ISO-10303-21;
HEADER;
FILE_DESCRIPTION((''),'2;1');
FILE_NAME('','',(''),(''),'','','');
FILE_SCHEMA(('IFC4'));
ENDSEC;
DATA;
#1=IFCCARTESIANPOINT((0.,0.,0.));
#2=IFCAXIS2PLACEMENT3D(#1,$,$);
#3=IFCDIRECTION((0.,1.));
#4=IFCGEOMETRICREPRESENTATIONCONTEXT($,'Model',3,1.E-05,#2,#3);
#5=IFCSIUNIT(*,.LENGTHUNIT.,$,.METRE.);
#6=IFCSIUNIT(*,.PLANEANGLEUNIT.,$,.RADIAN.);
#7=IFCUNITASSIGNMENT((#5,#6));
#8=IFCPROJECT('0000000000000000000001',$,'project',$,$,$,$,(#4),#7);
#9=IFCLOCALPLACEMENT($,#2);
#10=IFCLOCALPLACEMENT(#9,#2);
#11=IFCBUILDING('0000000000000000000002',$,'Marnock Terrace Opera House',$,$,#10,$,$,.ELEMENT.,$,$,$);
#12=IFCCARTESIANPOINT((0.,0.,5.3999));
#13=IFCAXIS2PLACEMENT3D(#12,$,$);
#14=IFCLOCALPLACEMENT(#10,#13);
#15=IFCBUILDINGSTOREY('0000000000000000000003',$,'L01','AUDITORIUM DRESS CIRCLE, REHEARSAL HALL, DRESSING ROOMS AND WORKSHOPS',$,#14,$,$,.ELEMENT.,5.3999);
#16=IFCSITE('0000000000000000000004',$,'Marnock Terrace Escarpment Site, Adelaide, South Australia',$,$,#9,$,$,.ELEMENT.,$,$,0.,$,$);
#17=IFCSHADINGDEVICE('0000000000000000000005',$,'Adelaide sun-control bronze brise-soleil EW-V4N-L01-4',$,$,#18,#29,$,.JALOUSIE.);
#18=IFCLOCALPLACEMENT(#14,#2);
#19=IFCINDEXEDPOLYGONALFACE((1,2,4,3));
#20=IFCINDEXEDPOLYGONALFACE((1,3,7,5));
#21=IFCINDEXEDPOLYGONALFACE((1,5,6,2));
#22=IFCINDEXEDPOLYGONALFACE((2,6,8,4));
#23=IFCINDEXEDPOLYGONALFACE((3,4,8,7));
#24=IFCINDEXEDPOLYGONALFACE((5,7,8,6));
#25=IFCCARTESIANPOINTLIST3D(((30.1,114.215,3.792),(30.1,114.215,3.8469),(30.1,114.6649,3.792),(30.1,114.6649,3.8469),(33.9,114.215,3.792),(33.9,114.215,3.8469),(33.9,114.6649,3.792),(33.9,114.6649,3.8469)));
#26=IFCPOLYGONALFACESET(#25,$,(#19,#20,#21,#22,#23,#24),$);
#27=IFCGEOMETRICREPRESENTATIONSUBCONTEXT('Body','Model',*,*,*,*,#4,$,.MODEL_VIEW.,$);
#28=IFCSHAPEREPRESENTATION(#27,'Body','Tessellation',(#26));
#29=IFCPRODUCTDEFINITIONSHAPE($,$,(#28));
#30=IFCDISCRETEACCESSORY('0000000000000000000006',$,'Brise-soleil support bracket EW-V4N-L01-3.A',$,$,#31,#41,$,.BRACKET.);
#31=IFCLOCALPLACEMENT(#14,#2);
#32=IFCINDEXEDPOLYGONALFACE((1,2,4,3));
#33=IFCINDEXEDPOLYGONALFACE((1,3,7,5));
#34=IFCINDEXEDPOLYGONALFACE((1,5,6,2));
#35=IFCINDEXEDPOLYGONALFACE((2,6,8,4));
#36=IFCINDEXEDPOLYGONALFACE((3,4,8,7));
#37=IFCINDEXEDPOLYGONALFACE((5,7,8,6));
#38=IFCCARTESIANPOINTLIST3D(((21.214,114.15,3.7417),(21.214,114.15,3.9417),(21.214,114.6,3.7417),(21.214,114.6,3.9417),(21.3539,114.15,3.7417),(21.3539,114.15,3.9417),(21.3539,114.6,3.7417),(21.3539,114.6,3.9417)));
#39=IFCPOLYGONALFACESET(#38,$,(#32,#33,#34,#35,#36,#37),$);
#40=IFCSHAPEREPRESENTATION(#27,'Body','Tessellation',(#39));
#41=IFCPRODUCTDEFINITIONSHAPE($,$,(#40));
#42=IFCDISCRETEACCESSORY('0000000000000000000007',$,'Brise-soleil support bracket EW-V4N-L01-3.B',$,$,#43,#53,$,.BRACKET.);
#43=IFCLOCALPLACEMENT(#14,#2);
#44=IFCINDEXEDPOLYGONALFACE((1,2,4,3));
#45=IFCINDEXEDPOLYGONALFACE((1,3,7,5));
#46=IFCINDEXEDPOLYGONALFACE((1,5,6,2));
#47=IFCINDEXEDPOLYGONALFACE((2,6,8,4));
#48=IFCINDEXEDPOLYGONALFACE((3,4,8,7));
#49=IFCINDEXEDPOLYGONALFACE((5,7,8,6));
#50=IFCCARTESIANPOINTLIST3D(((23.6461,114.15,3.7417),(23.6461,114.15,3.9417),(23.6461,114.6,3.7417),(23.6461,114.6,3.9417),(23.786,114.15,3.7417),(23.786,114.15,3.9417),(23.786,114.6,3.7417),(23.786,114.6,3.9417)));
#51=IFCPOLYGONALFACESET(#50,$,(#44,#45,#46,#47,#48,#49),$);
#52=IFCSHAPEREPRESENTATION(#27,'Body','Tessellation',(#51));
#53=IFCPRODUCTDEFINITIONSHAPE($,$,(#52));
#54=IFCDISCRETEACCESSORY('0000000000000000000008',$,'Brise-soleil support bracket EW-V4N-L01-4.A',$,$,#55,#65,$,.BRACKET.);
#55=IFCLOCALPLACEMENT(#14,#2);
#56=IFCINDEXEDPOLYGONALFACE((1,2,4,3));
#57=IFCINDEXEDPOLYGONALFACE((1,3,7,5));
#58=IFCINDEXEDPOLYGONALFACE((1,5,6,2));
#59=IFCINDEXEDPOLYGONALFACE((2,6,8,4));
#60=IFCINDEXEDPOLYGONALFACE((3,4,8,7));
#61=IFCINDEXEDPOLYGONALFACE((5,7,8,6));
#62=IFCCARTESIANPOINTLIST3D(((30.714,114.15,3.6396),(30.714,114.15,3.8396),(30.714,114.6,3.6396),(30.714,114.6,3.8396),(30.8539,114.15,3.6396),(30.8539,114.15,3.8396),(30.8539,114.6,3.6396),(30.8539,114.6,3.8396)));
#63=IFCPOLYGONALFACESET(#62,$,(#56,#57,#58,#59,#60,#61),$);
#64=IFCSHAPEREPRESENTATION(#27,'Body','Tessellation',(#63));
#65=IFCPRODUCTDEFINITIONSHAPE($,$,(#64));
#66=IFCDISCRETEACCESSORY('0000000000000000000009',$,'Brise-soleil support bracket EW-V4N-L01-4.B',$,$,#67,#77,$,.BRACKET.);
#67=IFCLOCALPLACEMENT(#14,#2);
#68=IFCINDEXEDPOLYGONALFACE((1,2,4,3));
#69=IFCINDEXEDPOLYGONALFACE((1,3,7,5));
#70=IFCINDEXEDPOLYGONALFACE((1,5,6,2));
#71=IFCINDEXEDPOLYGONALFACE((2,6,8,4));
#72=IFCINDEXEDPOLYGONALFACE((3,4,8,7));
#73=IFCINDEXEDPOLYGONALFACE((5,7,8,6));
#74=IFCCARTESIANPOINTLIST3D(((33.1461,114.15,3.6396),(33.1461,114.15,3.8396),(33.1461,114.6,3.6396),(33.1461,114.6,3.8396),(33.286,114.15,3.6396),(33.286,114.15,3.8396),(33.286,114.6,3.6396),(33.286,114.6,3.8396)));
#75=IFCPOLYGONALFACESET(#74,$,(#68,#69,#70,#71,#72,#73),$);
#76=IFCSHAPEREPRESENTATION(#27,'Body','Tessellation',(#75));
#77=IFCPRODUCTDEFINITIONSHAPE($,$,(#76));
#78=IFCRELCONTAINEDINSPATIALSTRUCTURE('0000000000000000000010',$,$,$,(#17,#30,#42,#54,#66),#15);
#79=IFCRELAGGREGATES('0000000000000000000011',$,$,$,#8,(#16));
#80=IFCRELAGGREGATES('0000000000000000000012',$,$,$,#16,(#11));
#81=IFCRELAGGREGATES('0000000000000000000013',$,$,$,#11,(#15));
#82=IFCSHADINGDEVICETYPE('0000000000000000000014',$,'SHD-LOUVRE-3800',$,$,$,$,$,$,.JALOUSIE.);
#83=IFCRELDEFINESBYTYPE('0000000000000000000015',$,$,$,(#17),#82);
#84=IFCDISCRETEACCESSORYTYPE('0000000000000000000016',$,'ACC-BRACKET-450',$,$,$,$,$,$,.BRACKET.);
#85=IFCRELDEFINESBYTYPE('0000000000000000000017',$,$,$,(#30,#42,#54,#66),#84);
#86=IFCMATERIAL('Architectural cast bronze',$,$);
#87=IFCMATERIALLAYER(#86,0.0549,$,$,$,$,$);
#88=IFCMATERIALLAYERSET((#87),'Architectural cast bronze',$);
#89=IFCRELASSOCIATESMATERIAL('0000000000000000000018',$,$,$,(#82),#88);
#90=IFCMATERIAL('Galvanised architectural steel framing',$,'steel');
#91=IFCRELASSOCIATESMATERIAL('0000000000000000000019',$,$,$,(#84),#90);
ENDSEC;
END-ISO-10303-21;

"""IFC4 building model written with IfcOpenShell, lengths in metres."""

from ifc_helpers import new_model, si_unit, direction, frame, origin, origin_2d, place, context, subcontext, project, spatial, rectangle, extrude, material, layer, layer_set, type_object, element, save


model = new_model("IFC4")

# Units and contexts
model_context = context("Model", 3, precision=1e-05, world=origin(), true_north=direction((0.0, 1.0)))
body_context = subcontext(model_context, "Body", "Model", "MODEL_VIEW")
ifc_project = project(units=[si_unit("LENGTHUNIT", "METRE"), si_unit("PLANEANGLEUNIT", "RADIAN")], contexts=[model_context])

# Site, building, storey
site_placement = place(None, origin())
site = spatial("IfcSite", under=ifc_project, at=site_placement, Name="Marnock Terrace Escarpment Site, Adelaide, South Australia", CompositionType="ELEMENT", RefElevation=0.0)
building_placement = place(site_placement, origin())
building = spatial("IfcBuilding", under=site, at=building_placement, Name="Marnock Terrace Opera House", CompositionType="ELEMENT")
storey_placement = place(building_placement, frame((0.0, 0.0, 5.3999)))
storey = spatial("IfcBuildingStorey", under=building, at=storey_placement, Name="L01", Description="AUDITORIUM DRESS CIRCLE, REHEARSAL HALL, DRESSING ROOMS AND WORKSHOPS", CompositionType="ELEMENT", Elevation=5.3999)

# Shading device
ifc_material_1 = material(Name="Architectural cast bronze")
ifc_layer_1 = layer(ifc_material_1, 0.0549)
ifc_layer_set_1 = layer_set([ifc_layer_1], Name="Architectural cast bronze")
shading_device_type = type_object("IfcShadingDeviceType", Name="SHD-LOUVRE-3800", PredefinedType="JALOUSIE", material=ifc_layer_set_1)
for number, where, z_axis, x_axis, name in (
    (1, (32.0, 114.4399, 3.792), (0.0, 0.0, 1.0), (1.0, 0.0, 0.0), "Adelaide sun-control bronze brise-soleil EW-V4N-L01-4"),
):
    element("IfcShadingDevice", number, at=place(storey_placement, frame(where, z_axis=z_axis, x_axis=x_axis)), inside=storey, type_object=shading_device_type, Name=name, PredefinedType="JALOUSIE", context=body_context, shape_type="SweptSolid", body=[
        extrude(rectangle(XDim=3.8, YDim=0.45, at=origin_2d()), origin(), (0.0, 0.0, 1.0), 0.0549),
    ])

# Discrete accessories
ifc_material_2 = material(Name="Galvanised architectural steel framing", Category="steel")
discrete_accessory_type = type_object("IfcDiscreteAccessoryType", Name="ACC-BRACKET-450", PredefinedType="BRACKET", material=ifc_material_2)
for number, where, z_axis, x_axis, name in (
    (2, (21.2839, 114.375, 3.7417), (0.0, 0.0, 1.0), (1.0, 0.0, 0.0), "Brise-soleil support bracket EW-V4N-L01-3.A"),
    (3, (23.7161, 114.375, 3.7417), (0.0, 0.0, 1.0), (1.0, 0.0, 0.0), "Brise-soleil support bracket EW-V4N-L01-3.B"),
    (4, (30.7839, 114.375, 3.6396), (0.0, 0.0, 1.0), (1.0, 0.0, 0.0), "Brise-soleil support bracket EW-V4N-L01-4.A"),
    (5, (33.2161, 114.375, 3.6396), (0.0, 0.0, 1.0), (1.0, 0.0, 0.0), "Brise-soleil support bracket EW-V4N-L01-4.B"),
):
    element("IfcDiscreteAccessory", number, at=place(storey_placement, frame(where, z_axis=z_axis, x_axis=x_axis)), inside=storey, type_object=discrete_accessory_type, Name=name, PredefinedType="BRACKET", context=body_context, shape_type="SweptSolid", body=[
        extrude(rectangle(XDim=0.1399, YDim=0.45, at=origin_2d()), origin(), (0.0, 0.0, 1.0), 0.2),
    ])

save(model, "model.ifc")
